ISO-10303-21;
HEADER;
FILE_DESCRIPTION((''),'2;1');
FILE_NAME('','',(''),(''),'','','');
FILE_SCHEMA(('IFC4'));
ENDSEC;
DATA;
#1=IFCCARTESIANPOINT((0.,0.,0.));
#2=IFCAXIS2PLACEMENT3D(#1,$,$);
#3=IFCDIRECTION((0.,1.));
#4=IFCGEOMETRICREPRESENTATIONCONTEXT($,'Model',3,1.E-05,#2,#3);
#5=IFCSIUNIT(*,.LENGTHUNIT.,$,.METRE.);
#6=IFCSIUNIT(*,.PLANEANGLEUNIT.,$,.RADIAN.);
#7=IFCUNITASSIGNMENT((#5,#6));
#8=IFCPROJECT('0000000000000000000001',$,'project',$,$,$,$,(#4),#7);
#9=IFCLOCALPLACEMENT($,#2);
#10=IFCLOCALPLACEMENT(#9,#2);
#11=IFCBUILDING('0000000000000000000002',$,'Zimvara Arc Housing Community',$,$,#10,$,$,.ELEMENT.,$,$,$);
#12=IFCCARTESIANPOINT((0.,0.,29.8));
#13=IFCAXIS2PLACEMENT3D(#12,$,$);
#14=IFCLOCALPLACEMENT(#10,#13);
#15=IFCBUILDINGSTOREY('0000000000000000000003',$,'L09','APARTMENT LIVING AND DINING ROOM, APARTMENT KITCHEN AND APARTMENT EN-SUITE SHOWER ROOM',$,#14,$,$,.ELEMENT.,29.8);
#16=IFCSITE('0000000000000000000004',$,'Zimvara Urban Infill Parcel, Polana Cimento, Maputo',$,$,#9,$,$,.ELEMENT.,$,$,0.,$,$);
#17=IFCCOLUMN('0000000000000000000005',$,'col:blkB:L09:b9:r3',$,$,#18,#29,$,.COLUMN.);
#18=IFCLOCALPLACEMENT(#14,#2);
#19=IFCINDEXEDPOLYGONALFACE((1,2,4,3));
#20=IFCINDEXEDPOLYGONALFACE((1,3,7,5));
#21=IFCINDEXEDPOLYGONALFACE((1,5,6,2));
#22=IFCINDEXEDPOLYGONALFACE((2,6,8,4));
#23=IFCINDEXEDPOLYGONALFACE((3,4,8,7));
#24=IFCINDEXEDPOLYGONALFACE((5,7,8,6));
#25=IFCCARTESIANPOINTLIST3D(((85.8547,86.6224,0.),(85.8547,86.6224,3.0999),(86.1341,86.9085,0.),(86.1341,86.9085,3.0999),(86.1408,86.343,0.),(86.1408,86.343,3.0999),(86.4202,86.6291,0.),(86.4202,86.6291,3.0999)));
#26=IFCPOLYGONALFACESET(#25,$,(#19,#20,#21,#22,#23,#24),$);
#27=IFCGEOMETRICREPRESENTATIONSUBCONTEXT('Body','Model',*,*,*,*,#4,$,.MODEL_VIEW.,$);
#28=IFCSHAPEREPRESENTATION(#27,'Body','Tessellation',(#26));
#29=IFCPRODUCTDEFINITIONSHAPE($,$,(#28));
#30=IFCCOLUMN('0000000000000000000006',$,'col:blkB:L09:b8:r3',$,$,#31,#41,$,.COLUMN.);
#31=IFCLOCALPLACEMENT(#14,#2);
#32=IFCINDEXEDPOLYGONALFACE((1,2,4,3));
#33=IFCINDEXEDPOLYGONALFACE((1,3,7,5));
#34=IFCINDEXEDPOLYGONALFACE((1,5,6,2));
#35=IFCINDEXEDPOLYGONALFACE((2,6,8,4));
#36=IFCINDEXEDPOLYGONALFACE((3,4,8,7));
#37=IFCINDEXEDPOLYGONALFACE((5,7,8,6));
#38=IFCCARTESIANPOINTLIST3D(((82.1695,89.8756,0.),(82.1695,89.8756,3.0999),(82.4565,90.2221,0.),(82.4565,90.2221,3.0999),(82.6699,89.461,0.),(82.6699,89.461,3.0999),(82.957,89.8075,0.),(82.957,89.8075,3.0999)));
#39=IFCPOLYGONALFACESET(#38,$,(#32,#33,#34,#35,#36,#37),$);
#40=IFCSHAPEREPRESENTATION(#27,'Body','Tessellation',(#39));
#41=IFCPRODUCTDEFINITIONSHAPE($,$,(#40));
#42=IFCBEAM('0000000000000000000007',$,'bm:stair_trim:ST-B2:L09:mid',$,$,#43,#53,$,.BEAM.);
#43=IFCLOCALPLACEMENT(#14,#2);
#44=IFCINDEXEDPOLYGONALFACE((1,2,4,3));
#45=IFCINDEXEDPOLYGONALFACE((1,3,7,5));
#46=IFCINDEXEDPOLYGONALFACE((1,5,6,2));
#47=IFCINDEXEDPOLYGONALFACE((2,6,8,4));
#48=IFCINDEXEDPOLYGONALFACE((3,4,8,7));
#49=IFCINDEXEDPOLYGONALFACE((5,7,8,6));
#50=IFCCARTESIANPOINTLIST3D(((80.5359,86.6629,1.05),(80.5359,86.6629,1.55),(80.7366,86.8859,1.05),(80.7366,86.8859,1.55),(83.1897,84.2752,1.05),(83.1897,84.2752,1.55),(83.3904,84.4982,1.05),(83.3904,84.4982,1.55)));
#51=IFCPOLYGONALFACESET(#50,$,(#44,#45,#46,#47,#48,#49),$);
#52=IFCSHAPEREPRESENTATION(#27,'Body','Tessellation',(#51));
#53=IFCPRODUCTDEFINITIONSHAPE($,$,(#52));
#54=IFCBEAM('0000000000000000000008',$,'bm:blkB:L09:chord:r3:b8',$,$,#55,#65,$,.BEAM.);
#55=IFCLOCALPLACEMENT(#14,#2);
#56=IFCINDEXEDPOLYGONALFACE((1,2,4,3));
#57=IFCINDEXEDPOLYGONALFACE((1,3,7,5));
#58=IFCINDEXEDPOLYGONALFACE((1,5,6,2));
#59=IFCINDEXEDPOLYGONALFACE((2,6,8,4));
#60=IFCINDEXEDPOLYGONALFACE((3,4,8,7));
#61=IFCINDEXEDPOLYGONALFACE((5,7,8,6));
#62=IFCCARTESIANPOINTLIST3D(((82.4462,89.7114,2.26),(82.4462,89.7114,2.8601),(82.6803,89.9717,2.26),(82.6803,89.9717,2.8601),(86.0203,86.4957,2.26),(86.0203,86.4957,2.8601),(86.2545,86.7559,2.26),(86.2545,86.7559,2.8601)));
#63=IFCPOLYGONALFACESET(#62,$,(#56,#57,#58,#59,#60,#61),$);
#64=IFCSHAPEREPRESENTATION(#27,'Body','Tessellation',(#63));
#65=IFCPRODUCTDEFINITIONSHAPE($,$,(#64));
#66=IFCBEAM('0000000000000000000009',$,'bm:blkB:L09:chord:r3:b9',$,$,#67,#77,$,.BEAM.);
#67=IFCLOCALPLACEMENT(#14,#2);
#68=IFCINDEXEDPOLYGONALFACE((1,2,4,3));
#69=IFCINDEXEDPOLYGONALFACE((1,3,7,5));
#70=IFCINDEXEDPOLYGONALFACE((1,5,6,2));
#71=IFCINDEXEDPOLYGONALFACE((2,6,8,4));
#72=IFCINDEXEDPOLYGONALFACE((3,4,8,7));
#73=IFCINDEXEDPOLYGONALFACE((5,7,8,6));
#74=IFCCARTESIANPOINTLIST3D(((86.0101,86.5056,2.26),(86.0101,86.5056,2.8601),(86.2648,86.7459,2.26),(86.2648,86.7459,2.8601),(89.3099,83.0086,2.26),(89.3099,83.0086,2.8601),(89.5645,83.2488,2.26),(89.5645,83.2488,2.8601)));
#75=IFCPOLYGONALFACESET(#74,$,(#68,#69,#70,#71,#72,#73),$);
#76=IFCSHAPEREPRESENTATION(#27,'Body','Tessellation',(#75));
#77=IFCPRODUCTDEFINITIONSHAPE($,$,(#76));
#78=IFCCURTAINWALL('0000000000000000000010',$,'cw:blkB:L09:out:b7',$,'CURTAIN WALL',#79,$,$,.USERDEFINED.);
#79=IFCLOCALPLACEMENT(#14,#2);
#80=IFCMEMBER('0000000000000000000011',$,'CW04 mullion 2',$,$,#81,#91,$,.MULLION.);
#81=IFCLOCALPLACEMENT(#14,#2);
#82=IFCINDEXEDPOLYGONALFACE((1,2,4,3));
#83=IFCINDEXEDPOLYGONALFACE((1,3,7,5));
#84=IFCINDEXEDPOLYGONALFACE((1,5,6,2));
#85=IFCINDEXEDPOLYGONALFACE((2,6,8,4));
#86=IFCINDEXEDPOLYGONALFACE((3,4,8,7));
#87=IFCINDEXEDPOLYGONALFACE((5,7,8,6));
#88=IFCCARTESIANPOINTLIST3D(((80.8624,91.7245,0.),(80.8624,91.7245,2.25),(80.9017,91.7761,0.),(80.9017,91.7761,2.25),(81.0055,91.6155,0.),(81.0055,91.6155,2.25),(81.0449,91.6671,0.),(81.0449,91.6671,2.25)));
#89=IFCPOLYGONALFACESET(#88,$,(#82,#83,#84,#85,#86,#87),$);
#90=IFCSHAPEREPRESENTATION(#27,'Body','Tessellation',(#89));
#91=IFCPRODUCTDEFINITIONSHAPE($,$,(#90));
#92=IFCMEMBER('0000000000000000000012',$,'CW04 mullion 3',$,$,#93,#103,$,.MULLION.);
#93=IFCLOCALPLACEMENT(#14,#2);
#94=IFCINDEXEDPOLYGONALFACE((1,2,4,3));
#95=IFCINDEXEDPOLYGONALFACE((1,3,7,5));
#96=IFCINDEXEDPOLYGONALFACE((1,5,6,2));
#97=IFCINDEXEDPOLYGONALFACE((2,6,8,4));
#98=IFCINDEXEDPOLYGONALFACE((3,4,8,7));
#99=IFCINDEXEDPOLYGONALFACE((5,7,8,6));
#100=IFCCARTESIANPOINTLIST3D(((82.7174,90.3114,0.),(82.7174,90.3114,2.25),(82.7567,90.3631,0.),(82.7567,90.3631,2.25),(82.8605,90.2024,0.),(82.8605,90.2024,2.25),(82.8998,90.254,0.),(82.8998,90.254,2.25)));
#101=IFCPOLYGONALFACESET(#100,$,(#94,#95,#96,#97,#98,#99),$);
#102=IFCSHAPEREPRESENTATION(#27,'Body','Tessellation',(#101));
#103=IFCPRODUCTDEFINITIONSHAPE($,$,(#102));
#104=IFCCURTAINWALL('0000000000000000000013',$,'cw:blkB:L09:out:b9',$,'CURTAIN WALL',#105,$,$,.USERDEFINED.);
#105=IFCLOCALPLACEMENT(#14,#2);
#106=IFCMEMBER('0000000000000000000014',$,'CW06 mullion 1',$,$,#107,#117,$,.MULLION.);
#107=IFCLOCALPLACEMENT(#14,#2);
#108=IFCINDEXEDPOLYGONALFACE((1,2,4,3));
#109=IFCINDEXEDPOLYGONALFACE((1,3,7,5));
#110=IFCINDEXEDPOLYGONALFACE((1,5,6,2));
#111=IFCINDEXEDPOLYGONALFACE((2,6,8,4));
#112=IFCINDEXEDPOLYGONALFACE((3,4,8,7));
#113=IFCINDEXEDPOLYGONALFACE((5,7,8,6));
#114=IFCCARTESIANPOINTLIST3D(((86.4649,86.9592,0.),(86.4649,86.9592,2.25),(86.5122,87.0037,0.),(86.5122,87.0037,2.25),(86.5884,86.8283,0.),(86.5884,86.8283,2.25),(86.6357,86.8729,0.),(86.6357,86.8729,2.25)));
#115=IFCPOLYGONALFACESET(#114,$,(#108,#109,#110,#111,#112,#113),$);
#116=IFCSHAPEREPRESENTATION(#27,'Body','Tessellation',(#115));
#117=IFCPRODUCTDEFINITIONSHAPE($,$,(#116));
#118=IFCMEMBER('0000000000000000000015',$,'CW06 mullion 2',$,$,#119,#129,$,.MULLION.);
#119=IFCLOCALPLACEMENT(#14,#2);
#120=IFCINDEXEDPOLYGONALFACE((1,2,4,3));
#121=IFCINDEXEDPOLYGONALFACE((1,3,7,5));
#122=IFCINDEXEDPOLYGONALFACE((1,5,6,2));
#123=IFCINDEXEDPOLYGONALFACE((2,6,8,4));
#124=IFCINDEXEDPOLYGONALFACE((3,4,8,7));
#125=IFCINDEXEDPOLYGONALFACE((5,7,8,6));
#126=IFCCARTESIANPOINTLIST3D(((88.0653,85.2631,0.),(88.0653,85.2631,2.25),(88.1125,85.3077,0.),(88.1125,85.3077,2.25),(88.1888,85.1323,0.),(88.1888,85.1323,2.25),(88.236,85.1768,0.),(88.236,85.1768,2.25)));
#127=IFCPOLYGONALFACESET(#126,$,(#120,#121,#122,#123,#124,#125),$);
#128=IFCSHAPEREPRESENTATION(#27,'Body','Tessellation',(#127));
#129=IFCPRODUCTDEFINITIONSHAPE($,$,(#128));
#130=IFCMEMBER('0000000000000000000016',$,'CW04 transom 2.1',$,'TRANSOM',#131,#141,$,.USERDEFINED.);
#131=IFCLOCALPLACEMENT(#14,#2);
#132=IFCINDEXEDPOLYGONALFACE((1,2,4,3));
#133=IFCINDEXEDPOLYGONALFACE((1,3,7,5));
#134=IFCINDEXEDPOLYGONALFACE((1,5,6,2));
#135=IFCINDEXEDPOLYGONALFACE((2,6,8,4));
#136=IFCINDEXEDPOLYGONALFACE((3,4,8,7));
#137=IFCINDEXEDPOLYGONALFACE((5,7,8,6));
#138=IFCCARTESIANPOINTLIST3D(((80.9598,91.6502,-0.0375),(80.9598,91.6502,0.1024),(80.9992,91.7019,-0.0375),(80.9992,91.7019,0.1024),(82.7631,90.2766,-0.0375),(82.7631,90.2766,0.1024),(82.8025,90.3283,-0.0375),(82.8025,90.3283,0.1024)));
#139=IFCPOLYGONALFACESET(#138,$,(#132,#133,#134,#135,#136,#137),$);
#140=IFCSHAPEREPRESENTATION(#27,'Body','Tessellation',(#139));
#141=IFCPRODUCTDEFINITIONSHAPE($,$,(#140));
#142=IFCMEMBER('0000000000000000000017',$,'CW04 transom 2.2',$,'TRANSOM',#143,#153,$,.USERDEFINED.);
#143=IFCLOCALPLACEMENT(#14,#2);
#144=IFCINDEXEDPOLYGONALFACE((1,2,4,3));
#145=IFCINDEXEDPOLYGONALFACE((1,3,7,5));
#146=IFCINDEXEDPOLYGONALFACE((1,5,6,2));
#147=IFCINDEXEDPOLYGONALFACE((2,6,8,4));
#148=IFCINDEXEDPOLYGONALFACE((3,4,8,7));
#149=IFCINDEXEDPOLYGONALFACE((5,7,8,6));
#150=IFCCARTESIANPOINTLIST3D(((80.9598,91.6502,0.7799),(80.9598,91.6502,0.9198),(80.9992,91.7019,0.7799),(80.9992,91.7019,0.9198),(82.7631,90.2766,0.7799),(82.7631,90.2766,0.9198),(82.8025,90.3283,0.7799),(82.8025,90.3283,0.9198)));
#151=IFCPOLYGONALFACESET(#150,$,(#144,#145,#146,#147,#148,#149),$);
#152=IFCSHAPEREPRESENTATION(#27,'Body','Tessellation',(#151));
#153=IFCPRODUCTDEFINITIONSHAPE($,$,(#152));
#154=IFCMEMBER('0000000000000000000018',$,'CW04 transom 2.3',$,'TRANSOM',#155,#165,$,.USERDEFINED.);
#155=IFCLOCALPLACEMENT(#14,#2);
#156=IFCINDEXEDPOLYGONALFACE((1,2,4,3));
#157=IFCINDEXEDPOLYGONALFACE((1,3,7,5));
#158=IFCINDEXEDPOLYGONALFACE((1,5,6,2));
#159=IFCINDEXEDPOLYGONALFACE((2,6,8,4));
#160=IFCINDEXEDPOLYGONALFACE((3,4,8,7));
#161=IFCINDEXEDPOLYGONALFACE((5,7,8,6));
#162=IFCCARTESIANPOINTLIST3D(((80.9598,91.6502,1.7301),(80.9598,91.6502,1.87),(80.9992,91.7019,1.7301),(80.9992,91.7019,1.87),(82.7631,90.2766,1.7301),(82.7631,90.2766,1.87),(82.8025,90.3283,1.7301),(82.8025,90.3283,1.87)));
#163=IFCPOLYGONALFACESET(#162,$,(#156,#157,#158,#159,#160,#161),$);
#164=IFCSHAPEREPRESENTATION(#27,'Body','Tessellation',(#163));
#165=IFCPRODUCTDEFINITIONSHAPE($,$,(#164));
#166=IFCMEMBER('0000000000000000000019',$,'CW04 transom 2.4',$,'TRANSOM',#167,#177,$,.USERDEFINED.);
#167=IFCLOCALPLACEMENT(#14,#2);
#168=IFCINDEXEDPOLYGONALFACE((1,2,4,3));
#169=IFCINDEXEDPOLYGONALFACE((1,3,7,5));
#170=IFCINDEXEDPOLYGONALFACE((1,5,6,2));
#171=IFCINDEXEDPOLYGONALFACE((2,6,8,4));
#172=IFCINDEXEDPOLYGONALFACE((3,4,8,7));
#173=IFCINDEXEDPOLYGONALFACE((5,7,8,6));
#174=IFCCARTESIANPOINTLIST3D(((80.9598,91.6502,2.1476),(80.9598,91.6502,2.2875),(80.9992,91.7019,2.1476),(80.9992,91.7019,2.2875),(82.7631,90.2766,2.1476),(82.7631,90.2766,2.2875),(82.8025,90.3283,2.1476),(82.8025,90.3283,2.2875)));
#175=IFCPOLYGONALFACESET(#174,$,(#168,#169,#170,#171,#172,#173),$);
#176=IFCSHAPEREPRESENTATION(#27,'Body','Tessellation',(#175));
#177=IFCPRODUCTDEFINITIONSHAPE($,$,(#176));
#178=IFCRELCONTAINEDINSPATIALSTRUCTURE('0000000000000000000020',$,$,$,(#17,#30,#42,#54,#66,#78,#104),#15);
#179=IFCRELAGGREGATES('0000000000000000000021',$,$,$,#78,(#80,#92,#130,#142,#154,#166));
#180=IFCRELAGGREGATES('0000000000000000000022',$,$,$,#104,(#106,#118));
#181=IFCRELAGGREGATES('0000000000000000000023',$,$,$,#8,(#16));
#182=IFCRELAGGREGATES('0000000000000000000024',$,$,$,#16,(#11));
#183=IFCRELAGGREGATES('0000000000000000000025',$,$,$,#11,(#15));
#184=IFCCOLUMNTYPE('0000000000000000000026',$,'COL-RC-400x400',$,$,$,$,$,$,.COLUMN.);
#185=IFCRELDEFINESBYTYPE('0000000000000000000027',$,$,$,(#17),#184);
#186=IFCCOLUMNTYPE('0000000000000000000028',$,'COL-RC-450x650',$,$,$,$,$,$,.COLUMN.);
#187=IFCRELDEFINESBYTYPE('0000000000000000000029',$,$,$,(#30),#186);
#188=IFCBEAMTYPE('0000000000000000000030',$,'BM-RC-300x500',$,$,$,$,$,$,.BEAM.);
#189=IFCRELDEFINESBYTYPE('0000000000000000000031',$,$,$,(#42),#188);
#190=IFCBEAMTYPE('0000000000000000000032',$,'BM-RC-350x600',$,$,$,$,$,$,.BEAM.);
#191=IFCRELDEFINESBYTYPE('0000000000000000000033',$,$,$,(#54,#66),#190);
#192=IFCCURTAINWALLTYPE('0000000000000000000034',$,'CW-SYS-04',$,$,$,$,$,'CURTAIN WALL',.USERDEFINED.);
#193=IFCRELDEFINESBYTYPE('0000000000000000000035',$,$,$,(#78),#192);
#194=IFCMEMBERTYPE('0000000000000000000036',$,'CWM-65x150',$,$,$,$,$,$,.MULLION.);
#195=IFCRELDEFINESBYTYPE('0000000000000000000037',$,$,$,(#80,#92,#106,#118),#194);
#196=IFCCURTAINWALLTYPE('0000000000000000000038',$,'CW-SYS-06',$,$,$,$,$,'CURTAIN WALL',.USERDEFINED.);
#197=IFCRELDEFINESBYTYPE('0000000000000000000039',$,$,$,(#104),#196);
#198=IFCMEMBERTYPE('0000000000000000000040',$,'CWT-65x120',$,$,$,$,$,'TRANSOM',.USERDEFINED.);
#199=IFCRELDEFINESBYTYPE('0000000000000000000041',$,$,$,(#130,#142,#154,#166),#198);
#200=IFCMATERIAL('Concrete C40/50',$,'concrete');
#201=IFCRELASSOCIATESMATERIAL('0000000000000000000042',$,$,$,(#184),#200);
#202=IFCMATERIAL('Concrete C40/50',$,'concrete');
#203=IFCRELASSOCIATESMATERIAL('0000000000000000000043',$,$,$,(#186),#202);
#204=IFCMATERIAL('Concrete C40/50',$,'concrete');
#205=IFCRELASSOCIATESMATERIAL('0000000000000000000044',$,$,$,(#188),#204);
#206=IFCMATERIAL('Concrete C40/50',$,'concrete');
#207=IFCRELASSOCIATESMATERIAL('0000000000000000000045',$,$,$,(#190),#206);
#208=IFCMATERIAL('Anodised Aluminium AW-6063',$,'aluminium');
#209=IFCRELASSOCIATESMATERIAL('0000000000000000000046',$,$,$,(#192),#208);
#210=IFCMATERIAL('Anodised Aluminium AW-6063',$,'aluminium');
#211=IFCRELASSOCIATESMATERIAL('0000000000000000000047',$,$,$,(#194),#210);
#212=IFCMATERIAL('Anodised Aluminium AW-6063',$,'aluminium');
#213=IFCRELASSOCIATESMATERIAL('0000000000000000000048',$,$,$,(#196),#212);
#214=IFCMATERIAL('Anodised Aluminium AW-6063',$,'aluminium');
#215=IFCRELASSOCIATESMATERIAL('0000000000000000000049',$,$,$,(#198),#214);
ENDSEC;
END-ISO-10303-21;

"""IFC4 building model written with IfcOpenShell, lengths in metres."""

from ifc_helpers import new_model, si_unit, direction, frame, origin, origin_2d, place, context, subcontext, project, spatial, rectangle, extrude, material, material_profile, profile_set, type_object, element, aggregate, save


model = new_model("IFC4")

# Units and contexts
model_context = context("Model", 3, precision=1e-05, world=origin(), true_north=direction((0.0, 1.0)))
body_context = subcontext(model_context, "Body", "Model", "MODEL_VIEW")
ifc_project = project(units=[si_unit("LENGTHUNIT", "METRE"), si_unit("PLANEANGLEUNIT", "RADIAN")], contexts=[model_context])

# Site, building, storey
site_placement = place(None, origin())
site = spatial("IfcSite", under=ifc_project, at=site_placement, Name="Zimvara Urban Infill Parcel, Polana Cimento, Maputo", CompositionType="ELEMENT", RefElevation=0.0)
building_placement = place(site_placement, origin())
building = spatial("IfcBuilding", under=site, at=building_placement, Name="Zimvara Arc Housing Community", CompositionType="ELEMENT")
storey_placement = place(building_placement, frame((0.0, 0.0, 29.8)))
storey = spatial("IfcBuildingStorey", under=building, at=storey_placement, Name="L09", Description="APARTMENT LIVING AND DINING ROOM, APARTMENT KITCHEN AND APARTMENT EN-SUITE SHOWER ROOM", CompositionType="ELEMENT", Elevation=29.8)

# Columns
ifc_material_1 = material(Name="Concrete C40/50", Category="concrete")
ifc_material_profile_1 = material_profile(ifc_material_1, rectangle(XDim=0.3999, YDim=0.3999, at=origin_2d()), Name="RC 400x400")
ifc_profile_set_1 = profile_set([ifc_material_profile_1], Name="Concrete C40/50")
column_type_1 = type_object("IfcColumnType", Name="COL-RC-400x400", PredefinedType="COLUMN", material=ifc_profile_set_1)
column_1_placement = place(storey_placement, frame((86.1375, 86.6257, 0.0), z_axis=(0.0, 0.0, 1.0), x_axis=(0.698665, 0.715449, 0.0)))
element("IfcColumn", 1, at=column_1_placement, inside=storey, type_object=column_type_1, Name="col:blkB:L09:b9:r3", PredefinedType="COLUMN", context=body_context, shape_type="SweptSolid", body=[
    extrude(rectangle(XDim=0.3999, YDim=0.3999, at=origin_2d()), origin(), (0.0, 0.0, 1.0), 3.0999),
])
ifc_material_2 = material(Name="Concrete C40/50", Category="concrete")
ifc_material_profile_2 = material_profile(ifc_material_2, rectangle(XDim=0.45, YDim=0.6499, at=origin_2d()), Name="RC 450x650")
ifc_profile_set_2 = profile_set([ifc_material_profile_2], Name="Concrete C40/50")
column_type_2 = type_object("IfcColumnType", Name="COL-RC-450x650", PredefinedType="COLUMN", material=ifc_profile_set_2)
column_2_placement = place(storey_placement, frame((82.5632, 89.8416, 0.0), z_axis=(0.0, 0.0, 1.0), x_axis=(0.637962, 0.770068, 0.0)))
element("IfcColumn", 2, at=column_2_placement, inside=storey, type_object=column_type_2, Name="col:blkB:L09:b8:r3", PredefinedType="COLUMN", context=body_context, shape_type="SweptSolid", body=[
    extrude(rectangle(XDim=0.45, YDim=0.6499, at=origin_2d()), origin(), (0.0, 0.0, 1.0), 3.0999),
])

# Beams
ifc_material_3 = material(Name="Concrete C40/50", Category="concrete")
ifc_material_profile_3 = material_profile(ifc_material_3, rectangle(XDim=0.3, YDim=0.5, at=origin_2d()), Name="RC 300x500")
ifc_profile_set_3 = profile_set([ifc_material_profile_3], Name="Concrete C40/50")
beam_type_1 = type_object("IfcBeamType", Name="BM-RC-300x500", PredefinedType="BEAM", material=ifc_profile_set_3)
beam_1_placement = place(storey_placement, frame((83.29, 84.3867, 1.3), z_axis=(-0.743396, 0.668851, 0.0), x_axis=(-0.668851, -0.743396, 0.0)))
element("IfcBeam", 3, at=beam_1_placement, inside=storey, type_object=beam_type_1, Name="bm:stair_trim:ST-B2:L09:mid", PredefinedType="BEAM", context=body_context, shape_type="SweptSolid", body=[
    extrude(rectangle(XDim=0.3, YDim=0.5, at=origin_2d()), origin(), (0.0, 0.0, 1.0), 3.5698),
])
ifc_material_4 = material(Name="Concrete C40/50", Category="concrete")
ifc_material_profile_4 = material_profile(ifc_material_4, rectangle(XDim=0.3501, YDim=0.6001, at=origin_2d()), Name="RC 350x600")
ifc_profile_set_4 = profile_set([ifc_material_profile_4], Name="Concrete C40/50")
beam_type_2 = type_object("IfcBeamType", Name="BM-RC-350x600", PredefinedType="BEAM", material=ifc_profile_set_4)
beam_2_placement = place(storey_placement, frame((82.5632, 89.8416, 2.5601), z_axis=(0.743395, -0.668853, 0.0), x_axis=(0.668853, 0.743395, 0.0)))
element("IfcBeam", 4, at=beam_2_placement, inside=storey, type_object=beam_type_2, Name="bm:blkB:L09:chord:r3:b8", PredefinedType="BEAM", context=body_context, shape_type="SweptSolid", body=[
    extrude(rectangle(XDim=0.3501, YDim=0.6001, at=origin_2d()), origin(), (0.0, 0.0, 1.0), 4.8079),
])
beam_3_placement = place(storey_placement, frame((86.1375, 86.6257, 2.5601), z_axis=(0.686295, -0.727323, 0.0), x_axis=(0.727323, 0.686295, 0.0)))
element("IfcBeam", 5, at=beam_3_placement, inside=storey, type_object=beam_type_2, Name="bm:blkB:L09:chord:r3:b9", PredefinedType="BEAM", context=body_context, shape_type="SweptSolid", body=[
    extrude(rectangle(XDim=0.3501, YDim=0.6001, at=origin_2d()), origin(), (0.0, 0.0, 1.0), 4.8081),
])

# Curtain walls, members
ifc_material_5 = material(Name="Anodised Aluminium AW-6063", Category="aluminium")
curtain_wall_type_1 = type_object("IfcCurtainWallType", Name="CW-SYS-04", ElementType="CURTAIN WALL", PredefinedType="USERDEFINED", material=ifc_material_5)
curtain_wall_1_placement = place(storey_placement, origin())
curtain_wall_1 = element("IfcCurtainWall", 6, at=curtain_wall_1_placement, inside=storey, type_object=curtain_wall_type_1, Name="cw:blkB:L09:out:b7", ObjectType="CURTAIN WALL", PredefinedType="USERDEFINED")
ifc_material_6 = material(Name="Anodised Aluminium AW-6063", Category="aluminium")
ifc_material_profile_5 = material_profile(ifc_material_6, rectangle(XDim=0.0649, YDim=0.1799, at=origin_2d()), Name="ALU 65x180")
ifc_profile_set_5 = profile_set([ifc_material_profile_5], Name="Anodised Aluminium AW-6063")
member_type_1 = type_object("IfcMemberType", Name="CWM-65x150", PredefinedType="MULLION", material=ifc_profile_set_5)
member_1_placement = place(storey_placement, frame((80.9536, 91.6958, 0.0), z_axis=(0.0, 0.0, 1.0), x_axis=(0.605988, 0.795474, 0.0)))
member_1 = element("IfcMember", 7, at=member_1_placement, type_object=member_type_1, Name="CW04 mullion 2", PredefinedType="MULLION", context=body_context, shape_type="SweptSolid", body=[
    extrude(rectangle(XDim=0.0649, YDim=0.1799, at=origin_2d()), origin(), (0.0, 0.0, 1.0), 2.25),
])
member_2_placement = place(storey_placement, frame((82.8086, 90.2827, 0.0), z_axis=(0.0, 0.0, 1.0), x_axis=(0.605988, 0.795474, 0.0)))
member_2 = element("IfcMember", 8, at=member_2_placement, type_object=member_type_1, Name="CW04 mullion 3", PredefinedType="MULLION", context=body_context, shape_type="SweptSolid", body=[
    extrude(rectangle(XDim=0.0649, YDim=0.1799, at=origin_2d()), origin(), (0.0, 0.0, 1.0), 2.25),
])
ifc_material_7 = material(Name="Anodised Aluminium AW-6063", Category="aluminium")
curtain_wall_type_2 = type_object("IfcCurtainWallType", Name="CW-SYS-06", ElementType="CURTAIN WALL", PredefinedType="USERDEFINED", material=ifc_material_7)
curtain_wall_2_placement = place(storey_placement, origin())
curtain_wall_2 = element("IfcCurtainWall", 9, at=curtain_wall_2_placement, inside=storey, type_object=curtain_wall_type_2, Name="cw:blkB:L09:out:b9", ObjectType="CURTAIN WALL", PredefinedType="USERDEFINED")
member_3_placement = place(storey_placement, frame((86.5503, 86.916, 0.0), z_axis=(0.0, 0.0, 1.0), x_axis=(0.727294, 0.686326, 0.0)))
member_3 = element("IfcMember", 10, at=member_3_placement, type_object=member_type_1, Name="CW06 mullion 1", PredefinedType="MULLION", context=body_context, shape_type="SweptSolid", body=[
    extrude(rectangle(XDim=0.0649, YDim=0.1799, at=origin_2d()), origin(), (0.0, 0.0, 1.0), 2.25),
])
member_4_placement = place(storey_placement, frame((88.1506, 85.22, 0.0), z_axis=(0.0, 0.0, 1.0), x_axis=(0.727294, 0.686326, 0.0)))
member_4 = element("IfcMember", 11, at=member_4_placement, type_object=member_type_1, Name="CW06 mullion 2", PredefinedType="MULLION", context=body_context, shape_type="SweptSolid", body=[
    extrude(rectangle(XDim=0.0649, YDim=0.1799, at=origin_2d()), origin(), (0.0, 0.0, 1.0), 2.25),
])

# Members
ifc_material_8 = material(Name="Anodised Aluminium AW-6063", Category="aluminium")
ifc_material_profile_6 = material_profile(ifc_material_8, rectangle(XDim=0.0649, YDim=0.1399, at=origin_2d()), Name="ALU 65x140")
ifc_profile_set_6 = profile_set([ifc_material_profile_6], Name="Anodised Aluminium AW-6063")
member_type_2 = type_object("IfcMemberType", Name="CWT-65x120", ElementType="TRANSOM", PredefinedType="USERDEFINED", material=ifc_profile_set_6)
member_5_placement = place(storey_placement, frame((80.9795, 91.676, 0.0325), z_axis=(0.795506, -0.605946, 0.0), x_axis=(0.605946, 0.795506, 0.0)))
member_5 = element("IfcMember", 12, at=member_5_placement, type_object=member_type_2, Name="CW04 transom 2.1", ObjectType="TRANSOM", PredefinedType="USERDEFINED", context=body_context, shape_type="SweptSolid", body=[
    extrude(rectangle(XDim=0.0649, YDim=0.1399, at=origin_2d()), origin(), (0.0, 0.0, 1.0), 2.2668),
])
member_6_placement = place(storey_placement, frame((80.9795, 91.676, 0.8499), z_axis=(0.795506, -0.605946, 0.0), x_axis=(0.605946, 0.795506, 0.0)))
member_6 = element("IfcMember", 13, at=member_6_placement, type_object=member_type_2, Name="CW04 transom 2.2", ObjectType="TRANSOM", PredefinedType="USERDEFINED", context=body_context, shape_type="SweptSolid", body=[
    extrude(rectangle(XDim=0.0649, YDim=0.1399, at=origin_2d()), origin(), (0.0, 0.0, 1.0), 2.2668),
])
member_7_placement = place(storey_placement, frame((80.9795, 91.676, 1.8), z_axis=(0.795506, -0.605946, 0.0), x_axis=(0.605946, 0.795506, 0.0)))
member_7 = element("IfcMember", 14, at=member_7_placement, type_object=member_type_2, Name="CW04 transom 2.3", ObjectType="TRANSOM", PredefinedType="USERDEFINED", context=body_context, shape_type="SweptSolid", body=[
    extrude(rectangle(XDim=0.0649, YDim=0.1399, at=origin_2d()), origin(), (0.0, 0.0, 1.0), 2.2668),
])
member_8_placement = place(storey_placement, frame((80.9795, 91.676, 2.2175), z_axis=(0.795506, -0.605946, 0.0), x_axis=(0.605946, 0.795506, 0.0)))
member_8 = element("IfcMember", 15, at=member_8_placement, type_object=member_type_2, Name="CW04 transom 2.4", ObjectType="TRANSOM", PredefinedType="USERDEFINED", context=body_context, shape_type="SweptSolid", body=[
    extrude(rectangle(XDim=0.0649, YDim=0.1399, at=origin_2d()), origin(), (0.0, 0.0, 1.0), 2.2668),
])

aggregate(curtain_wall_1, [member_1, member_2, member_5, member_6, member_7, member_8])
aggregate(curtain_wall_2, [member_3, member_4])

save(model, "model.ifc")
